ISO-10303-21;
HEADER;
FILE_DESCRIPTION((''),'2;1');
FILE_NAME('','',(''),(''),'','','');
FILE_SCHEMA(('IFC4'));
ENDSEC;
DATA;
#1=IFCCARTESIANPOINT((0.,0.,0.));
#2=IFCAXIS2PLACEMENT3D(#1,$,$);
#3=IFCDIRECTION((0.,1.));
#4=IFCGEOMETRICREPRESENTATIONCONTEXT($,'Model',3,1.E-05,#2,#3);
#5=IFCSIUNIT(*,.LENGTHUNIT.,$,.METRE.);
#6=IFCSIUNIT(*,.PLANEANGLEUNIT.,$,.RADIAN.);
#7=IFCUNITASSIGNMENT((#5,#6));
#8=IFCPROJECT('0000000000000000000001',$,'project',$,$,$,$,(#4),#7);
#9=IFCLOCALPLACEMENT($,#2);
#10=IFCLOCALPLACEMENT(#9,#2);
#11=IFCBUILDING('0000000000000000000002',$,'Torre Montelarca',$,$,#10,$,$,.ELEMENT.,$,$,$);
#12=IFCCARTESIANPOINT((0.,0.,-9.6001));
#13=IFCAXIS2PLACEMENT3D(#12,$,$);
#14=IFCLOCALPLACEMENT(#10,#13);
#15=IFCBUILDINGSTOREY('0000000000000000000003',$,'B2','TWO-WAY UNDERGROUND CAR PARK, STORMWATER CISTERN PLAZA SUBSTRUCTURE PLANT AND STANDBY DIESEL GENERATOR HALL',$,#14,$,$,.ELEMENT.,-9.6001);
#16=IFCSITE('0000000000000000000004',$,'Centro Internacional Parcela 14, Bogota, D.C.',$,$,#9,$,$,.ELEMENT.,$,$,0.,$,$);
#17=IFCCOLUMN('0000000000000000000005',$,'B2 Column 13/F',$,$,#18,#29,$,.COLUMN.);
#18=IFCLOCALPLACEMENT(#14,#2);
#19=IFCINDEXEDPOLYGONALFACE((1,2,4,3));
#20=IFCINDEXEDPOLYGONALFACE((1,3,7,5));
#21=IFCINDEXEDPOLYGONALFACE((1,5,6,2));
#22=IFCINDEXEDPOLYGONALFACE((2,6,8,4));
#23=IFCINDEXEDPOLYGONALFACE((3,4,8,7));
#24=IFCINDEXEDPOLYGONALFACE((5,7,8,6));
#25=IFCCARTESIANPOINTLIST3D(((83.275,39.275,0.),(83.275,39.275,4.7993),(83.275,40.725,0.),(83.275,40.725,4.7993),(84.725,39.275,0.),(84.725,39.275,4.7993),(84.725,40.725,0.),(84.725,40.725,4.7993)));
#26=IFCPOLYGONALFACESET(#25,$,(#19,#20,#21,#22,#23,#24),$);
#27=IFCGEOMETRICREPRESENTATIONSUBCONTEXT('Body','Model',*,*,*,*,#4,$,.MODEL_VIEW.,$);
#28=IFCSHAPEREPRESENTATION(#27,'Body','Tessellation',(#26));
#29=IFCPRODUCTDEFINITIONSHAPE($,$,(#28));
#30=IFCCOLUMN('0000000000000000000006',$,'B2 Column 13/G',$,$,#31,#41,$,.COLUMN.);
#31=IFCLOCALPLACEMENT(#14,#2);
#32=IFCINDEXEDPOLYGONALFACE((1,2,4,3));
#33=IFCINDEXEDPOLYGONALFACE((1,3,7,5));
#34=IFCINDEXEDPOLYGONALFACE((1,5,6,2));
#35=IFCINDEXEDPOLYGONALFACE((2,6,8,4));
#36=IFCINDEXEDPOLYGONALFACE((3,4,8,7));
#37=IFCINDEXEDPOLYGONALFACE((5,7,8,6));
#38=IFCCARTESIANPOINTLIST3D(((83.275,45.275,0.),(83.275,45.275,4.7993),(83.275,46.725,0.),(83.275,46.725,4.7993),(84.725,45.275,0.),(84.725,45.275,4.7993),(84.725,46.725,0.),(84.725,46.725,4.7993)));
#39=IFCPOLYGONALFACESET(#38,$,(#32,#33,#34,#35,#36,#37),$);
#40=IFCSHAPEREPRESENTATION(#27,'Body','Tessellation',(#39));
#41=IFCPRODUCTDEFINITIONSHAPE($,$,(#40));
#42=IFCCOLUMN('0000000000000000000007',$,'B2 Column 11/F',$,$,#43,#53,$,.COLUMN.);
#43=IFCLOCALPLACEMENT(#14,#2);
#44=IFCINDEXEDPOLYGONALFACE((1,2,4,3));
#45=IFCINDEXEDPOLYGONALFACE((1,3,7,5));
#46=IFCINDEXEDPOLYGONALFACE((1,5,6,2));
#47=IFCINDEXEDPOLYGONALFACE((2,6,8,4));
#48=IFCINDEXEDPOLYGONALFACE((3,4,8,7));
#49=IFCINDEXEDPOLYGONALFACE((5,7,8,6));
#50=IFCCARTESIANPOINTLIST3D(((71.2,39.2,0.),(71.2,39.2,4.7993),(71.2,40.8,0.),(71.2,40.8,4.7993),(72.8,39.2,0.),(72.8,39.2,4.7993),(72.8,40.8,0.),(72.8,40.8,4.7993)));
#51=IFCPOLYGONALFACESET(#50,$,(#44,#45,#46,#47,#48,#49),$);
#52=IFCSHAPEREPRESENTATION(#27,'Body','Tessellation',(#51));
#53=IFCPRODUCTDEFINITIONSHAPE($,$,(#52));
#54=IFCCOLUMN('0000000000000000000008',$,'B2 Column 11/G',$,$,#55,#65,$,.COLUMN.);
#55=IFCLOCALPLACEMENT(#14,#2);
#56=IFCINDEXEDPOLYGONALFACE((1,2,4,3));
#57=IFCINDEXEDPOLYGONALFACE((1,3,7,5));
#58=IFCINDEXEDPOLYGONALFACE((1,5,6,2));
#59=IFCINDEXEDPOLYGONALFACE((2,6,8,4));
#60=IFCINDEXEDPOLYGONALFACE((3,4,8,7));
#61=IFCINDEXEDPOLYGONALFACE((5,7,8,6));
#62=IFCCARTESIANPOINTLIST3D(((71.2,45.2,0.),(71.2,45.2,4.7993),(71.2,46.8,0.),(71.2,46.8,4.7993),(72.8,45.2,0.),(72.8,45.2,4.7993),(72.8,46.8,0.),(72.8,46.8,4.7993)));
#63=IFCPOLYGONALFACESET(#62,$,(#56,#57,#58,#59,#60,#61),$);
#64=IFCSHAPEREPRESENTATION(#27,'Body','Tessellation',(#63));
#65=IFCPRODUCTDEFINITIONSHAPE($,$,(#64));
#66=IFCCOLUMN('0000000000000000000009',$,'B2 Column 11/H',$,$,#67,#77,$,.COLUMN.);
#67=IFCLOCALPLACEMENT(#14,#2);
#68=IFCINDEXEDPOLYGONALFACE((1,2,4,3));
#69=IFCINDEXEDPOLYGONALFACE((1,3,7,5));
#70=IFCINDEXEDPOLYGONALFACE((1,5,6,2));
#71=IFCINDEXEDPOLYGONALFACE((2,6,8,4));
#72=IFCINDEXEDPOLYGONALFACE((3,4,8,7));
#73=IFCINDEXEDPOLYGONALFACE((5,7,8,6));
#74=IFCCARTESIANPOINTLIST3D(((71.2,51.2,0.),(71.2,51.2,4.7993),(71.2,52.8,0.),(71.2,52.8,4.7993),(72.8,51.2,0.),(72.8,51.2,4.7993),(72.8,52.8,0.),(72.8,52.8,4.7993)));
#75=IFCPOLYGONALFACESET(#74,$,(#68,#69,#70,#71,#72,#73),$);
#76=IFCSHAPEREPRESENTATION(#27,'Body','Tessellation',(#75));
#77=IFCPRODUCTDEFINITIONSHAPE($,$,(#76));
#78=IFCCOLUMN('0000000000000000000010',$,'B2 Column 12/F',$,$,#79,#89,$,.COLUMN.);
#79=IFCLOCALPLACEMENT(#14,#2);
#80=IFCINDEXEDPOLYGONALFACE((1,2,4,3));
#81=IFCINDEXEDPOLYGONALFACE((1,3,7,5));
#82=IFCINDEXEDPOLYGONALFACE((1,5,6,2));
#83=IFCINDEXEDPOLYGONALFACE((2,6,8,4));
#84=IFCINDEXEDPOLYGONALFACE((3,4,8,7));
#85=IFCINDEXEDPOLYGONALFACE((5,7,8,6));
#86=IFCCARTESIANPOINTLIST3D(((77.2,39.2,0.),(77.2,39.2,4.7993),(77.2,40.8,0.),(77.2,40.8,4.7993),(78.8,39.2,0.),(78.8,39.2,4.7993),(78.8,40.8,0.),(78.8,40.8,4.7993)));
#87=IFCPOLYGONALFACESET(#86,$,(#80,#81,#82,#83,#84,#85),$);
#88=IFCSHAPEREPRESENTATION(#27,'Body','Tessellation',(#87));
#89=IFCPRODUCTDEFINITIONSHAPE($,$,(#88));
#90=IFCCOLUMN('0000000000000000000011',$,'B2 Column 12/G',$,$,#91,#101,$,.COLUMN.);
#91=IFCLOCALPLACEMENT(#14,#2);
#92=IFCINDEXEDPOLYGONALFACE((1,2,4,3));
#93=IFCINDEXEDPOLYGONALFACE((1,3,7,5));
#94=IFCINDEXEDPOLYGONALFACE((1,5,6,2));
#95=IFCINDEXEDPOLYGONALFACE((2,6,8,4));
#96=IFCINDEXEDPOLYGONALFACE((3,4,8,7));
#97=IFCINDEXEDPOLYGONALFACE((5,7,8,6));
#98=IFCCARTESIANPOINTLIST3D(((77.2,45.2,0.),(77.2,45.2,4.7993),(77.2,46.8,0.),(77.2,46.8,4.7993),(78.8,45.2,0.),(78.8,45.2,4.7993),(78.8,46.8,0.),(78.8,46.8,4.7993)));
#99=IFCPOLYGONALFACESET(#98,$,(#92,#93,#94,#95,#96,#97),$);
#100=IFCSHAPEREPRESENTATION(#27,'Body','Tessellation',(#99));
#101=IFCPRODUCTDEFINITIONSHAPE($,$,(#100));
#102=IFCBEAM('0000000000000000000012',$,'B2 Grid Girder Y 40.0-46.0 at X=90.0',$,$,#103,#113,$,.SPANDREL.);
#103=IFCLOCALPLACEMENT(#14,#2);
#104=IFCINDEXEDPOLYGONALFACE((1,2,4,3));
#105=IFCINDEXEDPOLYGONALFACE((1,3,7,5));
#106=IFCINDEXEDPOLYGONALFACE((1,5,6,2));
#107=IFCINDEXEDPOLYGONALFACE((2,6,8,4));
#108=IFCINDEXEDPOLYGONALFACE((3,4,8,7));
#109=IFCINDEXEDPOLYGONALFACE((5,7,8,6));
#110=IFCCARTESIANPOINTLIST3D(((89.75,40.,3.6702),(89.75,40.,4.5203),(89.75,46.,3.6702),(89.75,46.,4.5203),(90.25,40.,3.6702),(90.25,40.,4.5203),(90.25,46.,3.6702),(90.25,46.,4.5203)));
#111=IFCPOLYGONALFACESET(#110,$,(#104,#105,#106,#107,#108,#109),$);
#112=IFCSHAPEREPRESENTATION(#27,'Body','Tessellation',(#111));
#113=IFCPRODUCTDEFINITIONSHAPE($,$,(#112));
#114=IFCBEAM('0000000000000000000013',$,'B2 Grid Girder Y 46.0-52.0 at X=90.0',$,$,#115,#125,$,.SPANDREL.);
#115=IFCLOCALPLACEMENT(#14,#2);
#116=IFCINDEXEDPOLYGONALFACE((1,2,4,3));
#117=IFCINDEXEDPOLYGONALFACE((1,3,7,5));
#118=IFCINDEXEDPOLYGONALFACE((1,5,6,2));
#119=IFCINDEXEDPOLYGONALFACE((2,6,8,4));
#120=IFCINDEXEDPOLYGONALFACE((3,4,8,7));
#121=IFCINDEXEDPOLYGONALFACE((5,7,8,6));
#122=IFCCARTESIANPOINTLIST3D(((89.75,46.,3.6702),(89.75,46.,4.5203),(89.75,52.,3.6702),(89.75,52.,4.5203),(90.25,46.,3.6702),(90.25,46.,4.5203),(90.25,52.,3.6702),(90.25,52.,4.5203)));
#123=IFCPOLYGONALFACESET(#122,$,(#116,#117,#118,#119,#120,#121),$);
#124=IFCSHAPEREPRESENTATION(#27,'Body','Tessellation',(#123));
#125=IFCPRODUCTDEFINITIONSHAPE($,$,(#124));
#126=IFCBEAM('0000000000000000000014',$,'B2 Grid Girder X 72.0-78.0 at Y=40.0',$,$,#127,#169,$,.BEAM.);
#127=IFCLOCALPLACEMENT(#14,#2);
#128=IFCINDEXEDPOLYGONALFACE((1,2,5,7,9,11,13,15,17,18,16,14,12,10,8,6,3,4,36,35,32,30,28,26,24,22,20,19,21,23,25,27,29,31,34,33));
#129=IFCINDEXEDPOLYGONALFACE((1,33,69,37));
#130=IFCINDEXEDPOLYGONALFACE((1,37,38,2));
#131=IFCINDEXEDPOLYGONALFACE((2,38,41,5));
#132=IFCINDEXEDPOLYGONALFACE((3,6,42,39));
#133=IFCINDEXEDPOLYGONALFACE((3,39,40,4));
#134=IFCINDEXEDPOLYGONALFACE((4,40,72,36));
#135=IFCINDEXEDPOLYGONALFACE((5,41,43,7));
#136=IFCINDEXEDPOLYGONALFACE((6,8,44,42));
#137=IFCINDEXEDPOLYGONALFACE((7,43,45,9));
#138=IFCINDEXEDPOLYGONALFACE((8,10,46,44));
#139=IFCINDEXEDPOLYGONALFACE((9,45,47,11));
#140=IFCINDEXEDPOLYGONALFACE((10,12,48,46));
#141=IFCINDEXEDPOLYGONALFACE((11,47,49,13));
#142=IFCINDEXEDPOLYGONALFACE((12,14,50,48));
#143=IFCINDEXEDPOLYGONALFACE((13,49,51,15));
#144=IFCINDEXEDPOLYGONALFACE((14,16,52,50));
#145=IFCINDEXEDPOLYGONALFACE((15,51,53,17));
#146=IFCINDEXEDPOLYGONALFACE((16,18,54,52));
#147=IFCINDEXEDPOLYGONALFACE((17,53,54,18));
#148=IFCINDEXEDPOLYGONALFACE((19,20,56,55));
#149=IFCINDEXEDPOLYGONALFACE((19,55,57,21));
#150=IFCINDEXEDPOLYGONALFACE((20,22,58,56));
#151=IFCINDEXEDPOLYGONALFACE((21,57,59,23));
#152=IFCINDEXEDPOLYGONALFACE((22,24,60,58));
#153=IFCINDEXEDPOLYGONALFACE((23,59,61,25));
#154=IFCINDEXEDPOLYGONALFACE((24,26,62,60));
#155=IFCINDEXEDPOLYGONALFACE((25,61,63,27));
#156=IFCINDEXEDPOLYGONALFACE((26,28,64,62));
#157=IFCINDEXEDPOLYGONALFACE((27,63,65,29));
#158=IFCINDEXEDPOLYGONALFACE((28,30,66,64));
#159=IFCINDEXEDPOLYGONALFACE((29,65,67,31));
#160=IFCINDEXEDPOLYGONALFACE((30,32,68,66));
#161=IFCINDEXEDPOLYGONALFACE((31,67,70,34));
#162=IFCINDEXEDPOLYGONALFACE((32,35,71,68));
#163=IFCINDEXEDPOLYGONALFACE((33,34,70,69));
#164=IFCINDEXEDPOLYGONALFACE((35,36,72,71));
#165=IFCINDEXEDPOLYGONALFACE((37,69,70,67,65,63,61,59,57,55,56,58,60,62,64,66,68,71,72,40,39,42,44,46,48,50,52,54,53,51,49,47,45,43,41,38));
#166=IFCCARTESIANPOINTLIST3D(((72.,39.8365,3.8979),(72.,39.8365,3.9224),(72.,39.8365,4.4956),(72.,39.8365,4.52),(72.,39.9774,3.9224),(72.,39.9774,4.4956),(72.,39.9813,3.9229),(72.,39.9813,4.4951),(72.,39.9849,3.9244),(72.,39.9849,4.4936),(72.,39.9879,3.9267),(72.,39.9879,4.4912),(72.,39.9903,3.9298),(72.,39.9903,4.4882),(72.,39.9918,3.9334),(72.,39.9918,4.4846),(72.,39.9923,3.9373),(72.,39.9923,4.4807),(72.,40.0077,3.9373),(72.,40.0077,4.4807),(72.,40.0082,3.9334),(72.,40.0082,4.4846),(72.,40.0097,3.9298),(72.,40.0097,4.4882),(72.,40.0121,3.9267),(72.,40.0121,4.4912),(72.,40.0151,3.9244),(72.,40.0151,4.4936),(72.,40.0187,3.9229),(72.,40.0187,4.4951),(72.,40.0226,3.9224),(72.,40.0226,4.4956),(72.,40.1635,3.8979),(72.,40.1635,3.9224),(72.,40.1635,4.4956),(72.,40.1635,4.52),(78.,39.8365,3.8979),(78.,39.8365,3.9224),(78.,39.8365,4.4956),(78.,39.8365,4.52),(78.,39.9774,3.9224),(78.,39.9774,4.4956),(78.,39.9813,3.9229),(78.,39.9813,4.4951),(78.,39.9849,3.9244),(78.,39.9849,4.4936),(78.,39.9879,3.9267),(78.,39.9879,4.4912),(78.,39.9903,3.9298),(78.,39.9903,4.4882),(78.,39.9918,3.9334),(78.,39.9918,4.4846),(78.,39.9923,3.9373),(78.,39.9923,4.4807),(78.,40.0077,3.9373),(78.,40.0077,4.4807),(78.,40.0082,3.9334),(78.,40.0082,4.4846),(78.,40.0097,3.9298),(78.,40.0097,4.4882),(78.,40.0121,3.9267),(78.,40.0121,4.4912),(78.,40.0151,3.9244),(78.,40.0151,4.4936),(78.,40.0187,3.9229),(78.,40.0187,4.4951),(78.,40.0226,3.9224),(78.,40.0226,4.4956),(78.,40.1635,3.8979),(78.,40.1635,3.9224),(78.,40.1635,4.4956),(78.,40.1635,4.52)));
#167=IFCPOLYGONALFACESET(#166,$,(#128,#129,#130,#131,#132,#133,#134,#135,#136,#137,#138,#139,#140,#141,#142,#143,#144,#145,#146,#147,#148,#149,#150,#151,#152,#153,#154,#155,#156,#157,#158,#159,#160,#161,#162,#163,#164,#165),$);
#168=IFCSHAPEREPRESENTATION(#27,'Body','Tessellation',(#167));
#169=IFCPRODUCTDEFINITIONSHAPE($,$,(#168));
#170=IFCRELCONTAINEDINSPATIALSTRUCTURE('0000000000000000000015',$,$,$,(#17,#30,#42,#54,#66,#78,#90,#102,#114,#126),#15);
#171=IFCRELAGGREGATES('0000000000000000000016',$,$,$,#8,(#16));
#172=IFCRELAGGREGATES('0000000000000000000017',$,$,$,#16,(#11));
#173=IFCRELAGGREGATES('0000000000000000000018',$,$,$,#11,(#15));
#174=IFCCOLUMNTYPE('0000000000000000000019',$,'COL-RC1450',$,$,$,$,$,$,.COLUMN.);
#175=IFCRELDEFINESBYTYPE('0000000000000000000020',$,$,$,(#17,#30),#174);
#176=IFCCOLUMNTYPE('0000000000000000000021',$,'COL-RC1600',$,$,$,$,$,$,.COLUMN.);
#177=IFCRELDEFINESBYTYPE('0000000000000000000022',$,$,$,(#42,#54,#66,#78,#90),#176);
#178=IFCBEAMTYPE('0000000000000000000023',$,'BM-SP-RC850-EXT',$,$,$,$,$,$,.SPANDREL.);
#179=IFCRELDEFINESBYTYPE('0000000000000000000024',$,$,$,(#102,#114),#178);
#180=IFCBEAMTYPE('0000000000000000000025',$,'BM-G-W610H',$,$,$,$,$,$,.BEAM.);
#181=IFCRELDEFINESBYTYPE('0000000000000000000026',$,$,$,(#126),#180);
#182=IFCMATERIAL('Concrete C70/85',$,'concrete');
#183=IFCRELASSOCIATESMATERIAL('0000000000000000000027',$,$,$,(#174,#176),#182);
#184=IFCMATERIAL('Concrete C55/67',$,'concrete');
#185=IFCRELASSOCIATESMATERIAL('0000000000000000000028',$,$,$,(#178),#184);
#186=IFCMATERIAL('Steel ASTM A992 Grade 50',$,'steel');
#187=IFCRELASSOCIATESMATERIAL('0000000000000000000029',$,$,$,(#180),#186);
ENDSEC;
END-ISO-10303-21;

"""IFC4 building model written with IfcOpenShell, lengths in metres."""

from ifc_helpers import new_model, si_unit, direction, frame, origin, origin_2d, place, context, subcontext, project, spatial, rectangle, i_section, extrude, source, transform, mapped, material, material_profile, profile_set, type_object, element, save


model = new_model("IFC4")

# Units and contexts
model_context = context("Model", 3, precision=1e-05, world=origin(), true_north=direction((0.0, 1.0)))
body_context = subcontext(model_context, "Body", "Model", "MODEL_VIEW")
ifc_project = project(units=[si_unit("LENGTHUNIT", "METRE"), si_unit("PLANEANGLEUNIT", "RADIAN")], contexts=[model_context])

# Site, building, storey
site_placement = place(None, origin())
site = spatial("IfcSite", under=ifc_project, at=site_placement, Name="Centro Internacional Parcela 14, Bogota, D.C.", CompositionType="ELEMENT", RefElevation=0.0)
building_placement = place(site_placement, origin())
building = spatial("IfcBuilding", under=site, at=building_placement, Name="Torre Montelarca", CompositionType="ELEMENT")
storey_placement = place(building_placement, frame((0.0, 0.0, -9.6001)))
storey = spatial("IfcBuildingStorey", under=building, at=storey_placement, Name="B2", Description="TWO-WAY UNDERGROUND CAR PARK, STORMWATER CISTERN PLAZA SUBSTRUCTURE PLANT AND STANDBY DIESEL GENERATOR HALL", CompositionType="ELEMENT", Elevation=-9.6001)

# Columns
ifc_material_1 = material(Name="Concrete C70/85", Category="concrete")
ifc_material_profile_1 = material_profile(ifc_material_1, rectangle(XDim=1.45, YDim=1.45, at=origin_2d()), Name="RC1450X1450", Category="concrete")
ifc_profile_set_1 = profile_set([ifc_material_profile_1], Name="Concrete C70/85")
column_type_1 = type_object("IfcColumnType", Name="COL-RC1450", PredefinedType="COLUMN", material=ifc_profile_set_1)
shared_shape_1 = source(origin(), body_context, "Body", "SweptSolid", [
    extrude(rectangle(XDim=1.45, YDim=1.45, at=origin_2d()), origin(), (0.0, 0.0, 1.0), 4.7993),
])
for number, where, z_axis, x_axis, name in (
    (1, (84.0, 40.0, 0.0), (0.0, 0.0, 1.0), (1.0, 0.0, 0.0), "B2 Column 13/F"),
    (2, (84.0, 46.0, 0.0), (0.0, 0.0, 1.0), (1.0, 0.0, 0.0), "B2 Column 13/G"),
):
    element("IfcColumn", number, at=place(storey_placement, frame(where, z_axis=z_axis, x_axis=x_axis)), inside=storey, type_object=column_type_1, Name=name, PredefinedType="COLUMN", context=body_context, shape_type="MappedRepresentation", body=[
        mapped(shared_shape_1, transform((0.0, 0.0, 0.0), scale=1.0)),
    ])
ifc_material_profile_2 = material_profile(ifc_material_1, rectangle(XDim=1.6001, YDim=1.6001, at=origin_2d()), Name="RC1600X1600", Category="concrete")
ifc_profile_set_2 = profile_set([ifc_material_profile_2], Name="Concrete C70/85")
column_type_2 = type_object("IfcColumnType", Name="COL-RC1600", PredefinedType="COLUMN", material=ifc_profile_set_2)
shared_shape_2 = source(origin(), body_context, "Body", "SweptSolid", [
    extrude(rectangle(XDim=1.6001, YDim=1.6001, at=origin_2d()), origin(), (0.0, 0.0, 1.0), 4.7993),
])
for number, where, z_axis, x_axis, name in (
    (3, (72.0, 40.0, 0.0), (0.0, 0.0, 1.0), (1.0, 0.0, 0.0), "B2 Column 11/F"),
    (4, (72.0, 46.0, 0.0), (0.0, 0.0, 1.0), (1.0, 0.0, 0.0), "B2 Column 11/G"),
    (5, (72.0, 52.0, 0.0), (0.0, 0.0, 1.0), (1.0, 0.0, 0.0), "B2 Column 11/H"),
    (6, (78.0, 40.0, 0.0), (0.0, 0.0, 1.0), (1.0, 0.0, 0.0), "B2 Column 12/F"),
    (7, (78.0, 46.0, 0.0), (0.0, 0.0, 1.0), (1.0, 0.0, 0.0), "B2 Column 12/G"),
):
    element("IfcColumn", number, at=place(storey_placement, frame(where, z_axis=z_axis, x_axis=x_axis)), inside=storey, type_object=column_type_2, Name=name, PredefinedType="COLUMN", context=body_context, shape_type="MappedRepresentation", body=[
        mapped(shared_shape_2, transform((0.0, 0.0, 0.0), scale=1.0)),
    ])

# Beams
ifc_material_2 = material(Name="Concrete C55/67", Category="concrete")
ifc_material_profile_3 = material_profile(ifc_material_2, rectangle(XDim=0.5, YDim=0.8501, at=origin_2d()), Name="RCB500X850", Category="concrete")
ifc_profile_set_3 = profile_set([ifc_material_profile_3], Name="Concrete C55/67")
beam_type_1 = type_object("IfcBeamType", Name="BM-SP-RC850-EXT", PredefinedType="SPANDREL", material=ifc_profile_set_3)
shared_shape_3 = source(origin(), body_context, "Body", "SweptSolid", [
    extrude(rectangle(XDim=0.5, YDim=0.8501, at=origin_2d()), origin(), (0.0, 0.0, 1.0), 6.0),
])
for number, where, z_axis, x_axis, name in (
    (8, (90.0, 40.0, 4.0952), (0.0, 1.0, 0.0), (-1.0, 0.0, 0.0), "B2 Grid Girder Y 40.0-46.0 at X=90.0"),
    (9, (90.0, 46.0, 4.0952), (0.0, 1.0, 0.0), (-1.0, 0.0, 0.0), "B2 Grid Girder Y 46.0-52.0 at X=90.0"),
):
    element("IfcBeam", number, at=place(storey_placement, frame(where, z_axis=z_axis, x_axis=x_axis)), inside=storey, type_object=beam_type_1, Name=name, PredefinedType="SPANDREL", context=body_context, shape_type="MappedRepresentation", body=[
        mapped(shared_shape_3, transform((0.0, 0.0, 0.0), scale=1.0)),
    ])
ifc_material_3 = material(Name="Steel ASTM A992 Grade 50", Category="steel")
ifc_material_profile_4 = material_profile(ifc_material_3, i_section(OverallWidth=0.3269, OverallDepth=0.6221, WebThickness=0.0154, FlangeThickness=0.0244, FilletRadius=0.0149, at=origin_2d()), Name="W610X195", Category="steel")
ifc_profile_set_4 = profile_set([ifc_material_profile_4], Name="Steel ASTM A992 Grade 50")
beam_type_2 = type_object("IfcBeamType", Name="BM-G-W610H", PredefinedType="BEAM", material=ifc_profile_set_4)
shared_shape_4 = source(origin(), body_context, "Body", "SweptSolid", [
    extrude(i_section(OverallWidth=0.3269, OverallDepth=0.6221, WebThickness=0.0154, FlangeThickness=0.0244, FilletRadius=0.0149, at=origin_2d()), origin(), (0.0, 0.0, 1.0), 6.0),
])
for number, where, z_axis, x_axis, name in (
    (10, (72.0, 40.0, 4.209), (1.0, 0.0, 0.0), (0.0, 1.0, 0.0), "B2 Grid Girder X 72.0-78.0 at Y=40.0"),
):
    element("IfcBeam", number, at=place(storey_placement, frame(where, z_axis=z_axis, x_axis=x_axis)), inside=storey, type_object=beam_type_2, Name=name, PredefinedType="BEAM", context=body_context, shape_type="MappedRepresentation", body=[
        mapped(shared_shape_4, transform((0.0, 0.0, 0.0), scale=1.0)),
    ])

save(model, "model.ifc")
